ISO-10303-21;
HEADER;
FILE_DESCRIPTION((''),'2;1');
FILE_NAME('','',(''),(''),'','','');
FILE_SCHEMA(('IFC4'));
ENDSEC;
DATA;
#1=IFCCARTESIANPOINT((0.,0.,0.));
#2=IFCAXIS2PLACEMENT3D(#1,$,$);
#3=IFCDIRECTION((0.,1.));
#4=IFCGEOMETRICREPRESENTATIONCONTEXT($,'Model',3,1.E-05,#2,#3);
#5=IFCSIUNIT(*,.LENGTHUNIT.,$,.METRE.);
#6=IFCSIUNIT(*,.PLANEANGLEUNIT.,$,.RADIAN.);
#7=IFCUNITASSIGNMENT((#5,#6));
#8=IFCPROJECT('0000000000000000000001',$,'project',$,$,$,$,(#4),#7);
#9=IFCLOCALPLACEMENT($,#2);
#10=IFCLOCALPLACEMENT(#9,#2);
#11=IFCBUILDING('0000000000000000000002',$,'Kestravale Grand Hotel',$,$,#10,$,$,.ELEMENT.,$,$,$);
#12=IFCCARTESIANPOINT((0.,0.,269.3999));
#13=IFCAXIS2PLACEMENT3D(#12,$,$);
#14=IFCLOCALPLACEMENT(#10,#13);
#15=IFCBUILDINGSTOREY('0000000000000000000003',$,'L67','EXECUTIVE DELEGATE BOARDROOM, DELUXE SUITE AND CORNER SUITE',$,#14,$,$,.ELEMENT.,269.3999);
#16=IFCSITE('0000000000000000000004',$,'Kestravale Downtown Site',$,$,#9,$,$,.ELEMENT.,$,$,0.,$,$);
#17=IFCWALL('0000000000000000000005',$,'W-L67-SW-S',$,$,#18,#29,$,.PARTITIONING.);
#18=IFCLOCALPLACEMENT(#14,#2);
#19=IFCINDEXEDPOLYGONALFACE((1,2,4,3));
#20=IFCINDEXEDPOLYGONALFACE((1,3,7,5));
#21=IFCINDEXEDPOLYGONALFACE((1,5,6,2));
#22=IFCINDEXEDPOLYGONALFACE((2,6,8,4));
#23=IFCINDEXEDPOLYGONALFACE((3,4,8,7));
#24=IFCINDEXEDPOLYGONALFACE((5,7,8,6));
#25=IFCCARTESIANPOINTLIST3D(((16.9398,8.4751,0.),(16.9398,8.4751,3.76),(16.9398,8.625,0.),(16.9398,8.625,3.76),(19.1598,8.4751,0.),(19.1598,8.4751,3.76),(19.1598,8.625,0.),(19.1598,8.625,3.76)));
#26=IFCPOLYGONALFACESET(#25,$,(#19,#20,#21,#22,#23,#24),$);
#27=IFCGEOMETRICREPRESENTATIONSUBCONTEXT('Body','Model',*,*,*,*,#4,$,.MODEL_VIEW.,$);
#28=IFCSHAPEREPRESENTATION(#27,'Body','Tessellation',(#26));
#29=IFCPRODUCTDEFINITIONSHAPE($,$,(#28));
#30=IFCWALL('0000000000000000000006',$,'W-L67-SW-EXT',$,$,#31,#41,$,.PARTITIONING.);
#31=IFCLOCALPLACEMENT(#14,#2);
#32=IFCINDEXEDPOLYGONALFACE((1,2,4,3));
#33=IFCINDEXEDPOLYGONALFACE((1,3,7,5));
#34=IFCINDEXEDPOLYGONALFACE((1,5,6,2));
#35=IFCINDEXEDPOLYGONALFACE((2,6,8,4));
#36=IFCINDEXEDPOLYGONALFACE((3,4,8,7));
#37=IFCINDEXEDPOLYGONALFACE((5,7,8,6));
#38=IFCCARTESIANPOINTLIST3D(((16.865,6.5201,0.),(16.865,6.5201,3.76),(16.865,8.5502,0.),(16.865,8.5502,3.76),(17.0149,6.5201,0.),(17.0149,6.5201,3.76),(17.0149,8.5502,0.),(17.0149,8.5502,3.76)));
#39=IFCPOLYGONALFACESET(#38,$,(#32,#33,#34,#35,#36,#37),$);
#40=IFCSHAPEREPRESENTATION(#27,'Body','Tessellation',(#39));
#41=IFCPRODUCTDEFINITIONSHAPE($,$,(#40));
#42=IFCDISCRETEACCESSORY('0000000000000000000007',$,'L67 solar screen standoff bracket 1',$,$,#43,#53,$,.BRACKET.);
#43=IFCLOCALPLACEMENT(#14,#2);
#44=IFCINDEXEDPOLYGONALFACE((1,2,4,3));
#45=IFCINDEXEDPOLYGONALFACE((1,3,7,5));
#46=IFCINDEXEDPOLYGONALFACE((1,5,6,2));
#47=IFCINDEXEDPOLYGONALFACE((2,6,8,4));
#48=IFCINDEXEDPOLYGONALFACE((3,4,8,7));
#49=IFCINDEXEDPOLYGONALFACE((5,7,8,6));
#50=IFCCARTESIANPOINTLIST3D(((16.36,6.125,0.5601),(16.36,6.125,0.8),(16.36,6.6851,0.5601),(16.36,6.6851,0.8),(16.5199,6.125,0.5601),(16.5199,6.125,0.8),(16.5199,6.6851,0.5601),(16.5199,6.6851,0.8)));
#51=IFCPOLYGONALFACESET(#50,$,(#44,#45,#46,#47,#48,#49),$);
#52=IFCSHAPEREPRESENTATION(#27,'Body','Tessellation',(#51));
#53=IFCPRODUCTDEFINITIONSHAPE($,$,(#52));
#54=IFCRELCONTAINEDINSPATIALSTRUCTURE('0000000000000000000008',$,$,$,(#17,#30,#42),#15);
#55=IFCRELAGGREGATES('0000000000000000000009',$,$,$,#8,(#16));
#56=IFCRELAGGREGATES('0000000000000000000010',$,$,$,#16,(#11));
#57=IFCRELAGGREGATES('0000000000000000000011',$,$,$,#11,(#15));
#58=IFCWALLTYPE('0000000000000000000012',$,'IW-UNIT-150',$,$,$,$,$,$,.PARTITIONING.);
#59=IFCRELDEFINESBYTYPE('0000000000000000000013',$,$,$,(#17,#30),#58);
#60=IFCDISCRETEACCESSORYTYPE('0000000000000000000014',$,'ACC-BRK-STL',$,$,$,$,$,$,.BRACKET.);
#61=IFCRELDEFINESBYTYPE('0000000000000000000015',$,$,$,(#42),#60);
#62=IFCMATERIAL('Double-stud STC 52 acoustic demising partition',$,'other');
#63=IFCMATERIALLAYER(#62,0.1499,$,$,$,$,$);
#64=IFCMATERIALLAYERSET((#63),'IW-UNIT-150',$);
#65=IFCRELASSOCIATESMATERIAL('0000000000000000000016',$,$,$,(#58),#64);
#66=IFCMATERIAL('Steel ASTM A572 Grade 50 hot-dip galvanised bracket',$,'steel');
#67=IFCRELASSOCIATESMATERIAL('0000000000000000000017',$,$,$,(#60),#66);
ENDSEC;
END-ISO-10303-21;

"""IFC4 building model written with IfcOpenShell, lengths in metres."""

from ifc_helpers import new_model, si_unit, direction, frame, frame_2d, origin, origin_2d, place, context, subcontext, project, spatial, rectangle, extrude, material, layer, layer_set, type_object, element, save


model = new_model("IFC4")

# Units and contexts
model_context = context("Model", 3, precision=1e-05, world=origin(), true_north=direction((0.0, 1.0)))
body_context = subcontext(model_context, "Body", "Model", "MODEL_VIEW")
ifc_project = project(units=[si_unit("LENGTHUNIT", "METRE"), si_unit("PLANEANGLEUNIT", "RADIAN")], contexts=[model_context])

# Site, building, storey
site_placement = place(None, origin())
site = spatial("IfcSite", under=ifc_project, at=site_placement, Name="Kestravale Downtown Site", CompositionType="ELEMENT", RefElevation=0.0)
building_placement = place(site_placement, origin())
building = spatial("IfcBuilding", under=site, at=building_placement, Name="Kestravale Grand Hotel", CompositionType="ELEMENT")
storey_placement = place(building_placement, frame((0.0, 0.0, 269.3999)))
storey = spatial("IfcBuildingStorey", under=building, at=storey_placement, Name="L67", Description="EXECUTIVE DELEGATE BOARDROOM, DELUXE SUITE AND CORNER SUITE", CompositionType="ELEMENT", Elevation=269.3999)

# Walls
ifc_material_1 = material(Name="Double-stud STC 52 acoustic demising partition", Category="other")
ifc_layer_1 = layer(ifc_material_1, 0.1499)
ifc_layer_set_1 = layer_set([ifc_layer_1], Name="IW-UNIT-150")
wall_type_1 = type_object("IfcWallType", Name="IW-UNIT-150", PredefinedType="PARTITIONING", material=ifc_layer_set_1)
wall_1_placement = place(storey_placement, frame((16.9399, 8.55, 0.0), z_axis=(0.0, 0.0, 1.0), x_axis=(1.0, 0.0, 0.0)))
element("IfcWall", 1, at=wall_1_placement, inside=storey, type_object=wall_type_1, Name="W-L67-SW-S", PredefinedType="PARTITIONING", context=body_context, shape_type="SweptSolid", body=[
    extrude(rectangle(XDim=2.22, YDim=0.1499, at=frame_2d((1.1099, 0.0))), origin(), (0.0, 0.0, 1.0), 3.76),
])
wall_2_placement = place(storey_placement, frame((16.9399, 6.52, 0.0), z_axis=(0.0, 0.0, 1.0), x_axis=(0.0, 1.0, 0.0)))
element("IfcWall", 2, at=wall_2_placement, inside=storey, type_object=wall_type_1, Name="W-L67-SW-EXT", PredefinedType="PARTITIONING", context=body_context, shape_type="SweptSolid", body=[
    extrude(rectangle(XDim=2.03, YDim=0.1499, at=frame_2d((1.0151, 0.0))), origin(), (0.0, 0.0, 1.0), 3.76),
])

# Discrete accessory
ifc_material_2 = material(Name="Steel ASTM A572 Grade 50 hot-dip galvanised bracket", Category="steel")
discrete_accessory_type = type_object("IfcDiscreteAccessoryType", Name="ACC-BRK-STL", PredefinedType="BRACKET", material=ifc_material_2)
discrete_accessory_placement = place(storey_placement, frame((16.4399, 6.405, 0.5601), z_axis=(0.0, 0.0, 1.0), x_axis=(1.0, 0.0, 0.0)))
element("IfcDiscreteAccessory", 3, at=discrete_accessory_placement, inside=storey, type_object=discrete_accessory_type, Name="L67 solar screen standoff bracket 1", PredefinedType="BRACKET", context=body_context, shape_type="SweptSolid", body=[
    extrude(rectangle(XDim=0.1599, YDim=0.5601, at=origin_2d()), origin(), (0.0, 0.0, 1.0), 0.24),
])

save(model, "model.ifc")
